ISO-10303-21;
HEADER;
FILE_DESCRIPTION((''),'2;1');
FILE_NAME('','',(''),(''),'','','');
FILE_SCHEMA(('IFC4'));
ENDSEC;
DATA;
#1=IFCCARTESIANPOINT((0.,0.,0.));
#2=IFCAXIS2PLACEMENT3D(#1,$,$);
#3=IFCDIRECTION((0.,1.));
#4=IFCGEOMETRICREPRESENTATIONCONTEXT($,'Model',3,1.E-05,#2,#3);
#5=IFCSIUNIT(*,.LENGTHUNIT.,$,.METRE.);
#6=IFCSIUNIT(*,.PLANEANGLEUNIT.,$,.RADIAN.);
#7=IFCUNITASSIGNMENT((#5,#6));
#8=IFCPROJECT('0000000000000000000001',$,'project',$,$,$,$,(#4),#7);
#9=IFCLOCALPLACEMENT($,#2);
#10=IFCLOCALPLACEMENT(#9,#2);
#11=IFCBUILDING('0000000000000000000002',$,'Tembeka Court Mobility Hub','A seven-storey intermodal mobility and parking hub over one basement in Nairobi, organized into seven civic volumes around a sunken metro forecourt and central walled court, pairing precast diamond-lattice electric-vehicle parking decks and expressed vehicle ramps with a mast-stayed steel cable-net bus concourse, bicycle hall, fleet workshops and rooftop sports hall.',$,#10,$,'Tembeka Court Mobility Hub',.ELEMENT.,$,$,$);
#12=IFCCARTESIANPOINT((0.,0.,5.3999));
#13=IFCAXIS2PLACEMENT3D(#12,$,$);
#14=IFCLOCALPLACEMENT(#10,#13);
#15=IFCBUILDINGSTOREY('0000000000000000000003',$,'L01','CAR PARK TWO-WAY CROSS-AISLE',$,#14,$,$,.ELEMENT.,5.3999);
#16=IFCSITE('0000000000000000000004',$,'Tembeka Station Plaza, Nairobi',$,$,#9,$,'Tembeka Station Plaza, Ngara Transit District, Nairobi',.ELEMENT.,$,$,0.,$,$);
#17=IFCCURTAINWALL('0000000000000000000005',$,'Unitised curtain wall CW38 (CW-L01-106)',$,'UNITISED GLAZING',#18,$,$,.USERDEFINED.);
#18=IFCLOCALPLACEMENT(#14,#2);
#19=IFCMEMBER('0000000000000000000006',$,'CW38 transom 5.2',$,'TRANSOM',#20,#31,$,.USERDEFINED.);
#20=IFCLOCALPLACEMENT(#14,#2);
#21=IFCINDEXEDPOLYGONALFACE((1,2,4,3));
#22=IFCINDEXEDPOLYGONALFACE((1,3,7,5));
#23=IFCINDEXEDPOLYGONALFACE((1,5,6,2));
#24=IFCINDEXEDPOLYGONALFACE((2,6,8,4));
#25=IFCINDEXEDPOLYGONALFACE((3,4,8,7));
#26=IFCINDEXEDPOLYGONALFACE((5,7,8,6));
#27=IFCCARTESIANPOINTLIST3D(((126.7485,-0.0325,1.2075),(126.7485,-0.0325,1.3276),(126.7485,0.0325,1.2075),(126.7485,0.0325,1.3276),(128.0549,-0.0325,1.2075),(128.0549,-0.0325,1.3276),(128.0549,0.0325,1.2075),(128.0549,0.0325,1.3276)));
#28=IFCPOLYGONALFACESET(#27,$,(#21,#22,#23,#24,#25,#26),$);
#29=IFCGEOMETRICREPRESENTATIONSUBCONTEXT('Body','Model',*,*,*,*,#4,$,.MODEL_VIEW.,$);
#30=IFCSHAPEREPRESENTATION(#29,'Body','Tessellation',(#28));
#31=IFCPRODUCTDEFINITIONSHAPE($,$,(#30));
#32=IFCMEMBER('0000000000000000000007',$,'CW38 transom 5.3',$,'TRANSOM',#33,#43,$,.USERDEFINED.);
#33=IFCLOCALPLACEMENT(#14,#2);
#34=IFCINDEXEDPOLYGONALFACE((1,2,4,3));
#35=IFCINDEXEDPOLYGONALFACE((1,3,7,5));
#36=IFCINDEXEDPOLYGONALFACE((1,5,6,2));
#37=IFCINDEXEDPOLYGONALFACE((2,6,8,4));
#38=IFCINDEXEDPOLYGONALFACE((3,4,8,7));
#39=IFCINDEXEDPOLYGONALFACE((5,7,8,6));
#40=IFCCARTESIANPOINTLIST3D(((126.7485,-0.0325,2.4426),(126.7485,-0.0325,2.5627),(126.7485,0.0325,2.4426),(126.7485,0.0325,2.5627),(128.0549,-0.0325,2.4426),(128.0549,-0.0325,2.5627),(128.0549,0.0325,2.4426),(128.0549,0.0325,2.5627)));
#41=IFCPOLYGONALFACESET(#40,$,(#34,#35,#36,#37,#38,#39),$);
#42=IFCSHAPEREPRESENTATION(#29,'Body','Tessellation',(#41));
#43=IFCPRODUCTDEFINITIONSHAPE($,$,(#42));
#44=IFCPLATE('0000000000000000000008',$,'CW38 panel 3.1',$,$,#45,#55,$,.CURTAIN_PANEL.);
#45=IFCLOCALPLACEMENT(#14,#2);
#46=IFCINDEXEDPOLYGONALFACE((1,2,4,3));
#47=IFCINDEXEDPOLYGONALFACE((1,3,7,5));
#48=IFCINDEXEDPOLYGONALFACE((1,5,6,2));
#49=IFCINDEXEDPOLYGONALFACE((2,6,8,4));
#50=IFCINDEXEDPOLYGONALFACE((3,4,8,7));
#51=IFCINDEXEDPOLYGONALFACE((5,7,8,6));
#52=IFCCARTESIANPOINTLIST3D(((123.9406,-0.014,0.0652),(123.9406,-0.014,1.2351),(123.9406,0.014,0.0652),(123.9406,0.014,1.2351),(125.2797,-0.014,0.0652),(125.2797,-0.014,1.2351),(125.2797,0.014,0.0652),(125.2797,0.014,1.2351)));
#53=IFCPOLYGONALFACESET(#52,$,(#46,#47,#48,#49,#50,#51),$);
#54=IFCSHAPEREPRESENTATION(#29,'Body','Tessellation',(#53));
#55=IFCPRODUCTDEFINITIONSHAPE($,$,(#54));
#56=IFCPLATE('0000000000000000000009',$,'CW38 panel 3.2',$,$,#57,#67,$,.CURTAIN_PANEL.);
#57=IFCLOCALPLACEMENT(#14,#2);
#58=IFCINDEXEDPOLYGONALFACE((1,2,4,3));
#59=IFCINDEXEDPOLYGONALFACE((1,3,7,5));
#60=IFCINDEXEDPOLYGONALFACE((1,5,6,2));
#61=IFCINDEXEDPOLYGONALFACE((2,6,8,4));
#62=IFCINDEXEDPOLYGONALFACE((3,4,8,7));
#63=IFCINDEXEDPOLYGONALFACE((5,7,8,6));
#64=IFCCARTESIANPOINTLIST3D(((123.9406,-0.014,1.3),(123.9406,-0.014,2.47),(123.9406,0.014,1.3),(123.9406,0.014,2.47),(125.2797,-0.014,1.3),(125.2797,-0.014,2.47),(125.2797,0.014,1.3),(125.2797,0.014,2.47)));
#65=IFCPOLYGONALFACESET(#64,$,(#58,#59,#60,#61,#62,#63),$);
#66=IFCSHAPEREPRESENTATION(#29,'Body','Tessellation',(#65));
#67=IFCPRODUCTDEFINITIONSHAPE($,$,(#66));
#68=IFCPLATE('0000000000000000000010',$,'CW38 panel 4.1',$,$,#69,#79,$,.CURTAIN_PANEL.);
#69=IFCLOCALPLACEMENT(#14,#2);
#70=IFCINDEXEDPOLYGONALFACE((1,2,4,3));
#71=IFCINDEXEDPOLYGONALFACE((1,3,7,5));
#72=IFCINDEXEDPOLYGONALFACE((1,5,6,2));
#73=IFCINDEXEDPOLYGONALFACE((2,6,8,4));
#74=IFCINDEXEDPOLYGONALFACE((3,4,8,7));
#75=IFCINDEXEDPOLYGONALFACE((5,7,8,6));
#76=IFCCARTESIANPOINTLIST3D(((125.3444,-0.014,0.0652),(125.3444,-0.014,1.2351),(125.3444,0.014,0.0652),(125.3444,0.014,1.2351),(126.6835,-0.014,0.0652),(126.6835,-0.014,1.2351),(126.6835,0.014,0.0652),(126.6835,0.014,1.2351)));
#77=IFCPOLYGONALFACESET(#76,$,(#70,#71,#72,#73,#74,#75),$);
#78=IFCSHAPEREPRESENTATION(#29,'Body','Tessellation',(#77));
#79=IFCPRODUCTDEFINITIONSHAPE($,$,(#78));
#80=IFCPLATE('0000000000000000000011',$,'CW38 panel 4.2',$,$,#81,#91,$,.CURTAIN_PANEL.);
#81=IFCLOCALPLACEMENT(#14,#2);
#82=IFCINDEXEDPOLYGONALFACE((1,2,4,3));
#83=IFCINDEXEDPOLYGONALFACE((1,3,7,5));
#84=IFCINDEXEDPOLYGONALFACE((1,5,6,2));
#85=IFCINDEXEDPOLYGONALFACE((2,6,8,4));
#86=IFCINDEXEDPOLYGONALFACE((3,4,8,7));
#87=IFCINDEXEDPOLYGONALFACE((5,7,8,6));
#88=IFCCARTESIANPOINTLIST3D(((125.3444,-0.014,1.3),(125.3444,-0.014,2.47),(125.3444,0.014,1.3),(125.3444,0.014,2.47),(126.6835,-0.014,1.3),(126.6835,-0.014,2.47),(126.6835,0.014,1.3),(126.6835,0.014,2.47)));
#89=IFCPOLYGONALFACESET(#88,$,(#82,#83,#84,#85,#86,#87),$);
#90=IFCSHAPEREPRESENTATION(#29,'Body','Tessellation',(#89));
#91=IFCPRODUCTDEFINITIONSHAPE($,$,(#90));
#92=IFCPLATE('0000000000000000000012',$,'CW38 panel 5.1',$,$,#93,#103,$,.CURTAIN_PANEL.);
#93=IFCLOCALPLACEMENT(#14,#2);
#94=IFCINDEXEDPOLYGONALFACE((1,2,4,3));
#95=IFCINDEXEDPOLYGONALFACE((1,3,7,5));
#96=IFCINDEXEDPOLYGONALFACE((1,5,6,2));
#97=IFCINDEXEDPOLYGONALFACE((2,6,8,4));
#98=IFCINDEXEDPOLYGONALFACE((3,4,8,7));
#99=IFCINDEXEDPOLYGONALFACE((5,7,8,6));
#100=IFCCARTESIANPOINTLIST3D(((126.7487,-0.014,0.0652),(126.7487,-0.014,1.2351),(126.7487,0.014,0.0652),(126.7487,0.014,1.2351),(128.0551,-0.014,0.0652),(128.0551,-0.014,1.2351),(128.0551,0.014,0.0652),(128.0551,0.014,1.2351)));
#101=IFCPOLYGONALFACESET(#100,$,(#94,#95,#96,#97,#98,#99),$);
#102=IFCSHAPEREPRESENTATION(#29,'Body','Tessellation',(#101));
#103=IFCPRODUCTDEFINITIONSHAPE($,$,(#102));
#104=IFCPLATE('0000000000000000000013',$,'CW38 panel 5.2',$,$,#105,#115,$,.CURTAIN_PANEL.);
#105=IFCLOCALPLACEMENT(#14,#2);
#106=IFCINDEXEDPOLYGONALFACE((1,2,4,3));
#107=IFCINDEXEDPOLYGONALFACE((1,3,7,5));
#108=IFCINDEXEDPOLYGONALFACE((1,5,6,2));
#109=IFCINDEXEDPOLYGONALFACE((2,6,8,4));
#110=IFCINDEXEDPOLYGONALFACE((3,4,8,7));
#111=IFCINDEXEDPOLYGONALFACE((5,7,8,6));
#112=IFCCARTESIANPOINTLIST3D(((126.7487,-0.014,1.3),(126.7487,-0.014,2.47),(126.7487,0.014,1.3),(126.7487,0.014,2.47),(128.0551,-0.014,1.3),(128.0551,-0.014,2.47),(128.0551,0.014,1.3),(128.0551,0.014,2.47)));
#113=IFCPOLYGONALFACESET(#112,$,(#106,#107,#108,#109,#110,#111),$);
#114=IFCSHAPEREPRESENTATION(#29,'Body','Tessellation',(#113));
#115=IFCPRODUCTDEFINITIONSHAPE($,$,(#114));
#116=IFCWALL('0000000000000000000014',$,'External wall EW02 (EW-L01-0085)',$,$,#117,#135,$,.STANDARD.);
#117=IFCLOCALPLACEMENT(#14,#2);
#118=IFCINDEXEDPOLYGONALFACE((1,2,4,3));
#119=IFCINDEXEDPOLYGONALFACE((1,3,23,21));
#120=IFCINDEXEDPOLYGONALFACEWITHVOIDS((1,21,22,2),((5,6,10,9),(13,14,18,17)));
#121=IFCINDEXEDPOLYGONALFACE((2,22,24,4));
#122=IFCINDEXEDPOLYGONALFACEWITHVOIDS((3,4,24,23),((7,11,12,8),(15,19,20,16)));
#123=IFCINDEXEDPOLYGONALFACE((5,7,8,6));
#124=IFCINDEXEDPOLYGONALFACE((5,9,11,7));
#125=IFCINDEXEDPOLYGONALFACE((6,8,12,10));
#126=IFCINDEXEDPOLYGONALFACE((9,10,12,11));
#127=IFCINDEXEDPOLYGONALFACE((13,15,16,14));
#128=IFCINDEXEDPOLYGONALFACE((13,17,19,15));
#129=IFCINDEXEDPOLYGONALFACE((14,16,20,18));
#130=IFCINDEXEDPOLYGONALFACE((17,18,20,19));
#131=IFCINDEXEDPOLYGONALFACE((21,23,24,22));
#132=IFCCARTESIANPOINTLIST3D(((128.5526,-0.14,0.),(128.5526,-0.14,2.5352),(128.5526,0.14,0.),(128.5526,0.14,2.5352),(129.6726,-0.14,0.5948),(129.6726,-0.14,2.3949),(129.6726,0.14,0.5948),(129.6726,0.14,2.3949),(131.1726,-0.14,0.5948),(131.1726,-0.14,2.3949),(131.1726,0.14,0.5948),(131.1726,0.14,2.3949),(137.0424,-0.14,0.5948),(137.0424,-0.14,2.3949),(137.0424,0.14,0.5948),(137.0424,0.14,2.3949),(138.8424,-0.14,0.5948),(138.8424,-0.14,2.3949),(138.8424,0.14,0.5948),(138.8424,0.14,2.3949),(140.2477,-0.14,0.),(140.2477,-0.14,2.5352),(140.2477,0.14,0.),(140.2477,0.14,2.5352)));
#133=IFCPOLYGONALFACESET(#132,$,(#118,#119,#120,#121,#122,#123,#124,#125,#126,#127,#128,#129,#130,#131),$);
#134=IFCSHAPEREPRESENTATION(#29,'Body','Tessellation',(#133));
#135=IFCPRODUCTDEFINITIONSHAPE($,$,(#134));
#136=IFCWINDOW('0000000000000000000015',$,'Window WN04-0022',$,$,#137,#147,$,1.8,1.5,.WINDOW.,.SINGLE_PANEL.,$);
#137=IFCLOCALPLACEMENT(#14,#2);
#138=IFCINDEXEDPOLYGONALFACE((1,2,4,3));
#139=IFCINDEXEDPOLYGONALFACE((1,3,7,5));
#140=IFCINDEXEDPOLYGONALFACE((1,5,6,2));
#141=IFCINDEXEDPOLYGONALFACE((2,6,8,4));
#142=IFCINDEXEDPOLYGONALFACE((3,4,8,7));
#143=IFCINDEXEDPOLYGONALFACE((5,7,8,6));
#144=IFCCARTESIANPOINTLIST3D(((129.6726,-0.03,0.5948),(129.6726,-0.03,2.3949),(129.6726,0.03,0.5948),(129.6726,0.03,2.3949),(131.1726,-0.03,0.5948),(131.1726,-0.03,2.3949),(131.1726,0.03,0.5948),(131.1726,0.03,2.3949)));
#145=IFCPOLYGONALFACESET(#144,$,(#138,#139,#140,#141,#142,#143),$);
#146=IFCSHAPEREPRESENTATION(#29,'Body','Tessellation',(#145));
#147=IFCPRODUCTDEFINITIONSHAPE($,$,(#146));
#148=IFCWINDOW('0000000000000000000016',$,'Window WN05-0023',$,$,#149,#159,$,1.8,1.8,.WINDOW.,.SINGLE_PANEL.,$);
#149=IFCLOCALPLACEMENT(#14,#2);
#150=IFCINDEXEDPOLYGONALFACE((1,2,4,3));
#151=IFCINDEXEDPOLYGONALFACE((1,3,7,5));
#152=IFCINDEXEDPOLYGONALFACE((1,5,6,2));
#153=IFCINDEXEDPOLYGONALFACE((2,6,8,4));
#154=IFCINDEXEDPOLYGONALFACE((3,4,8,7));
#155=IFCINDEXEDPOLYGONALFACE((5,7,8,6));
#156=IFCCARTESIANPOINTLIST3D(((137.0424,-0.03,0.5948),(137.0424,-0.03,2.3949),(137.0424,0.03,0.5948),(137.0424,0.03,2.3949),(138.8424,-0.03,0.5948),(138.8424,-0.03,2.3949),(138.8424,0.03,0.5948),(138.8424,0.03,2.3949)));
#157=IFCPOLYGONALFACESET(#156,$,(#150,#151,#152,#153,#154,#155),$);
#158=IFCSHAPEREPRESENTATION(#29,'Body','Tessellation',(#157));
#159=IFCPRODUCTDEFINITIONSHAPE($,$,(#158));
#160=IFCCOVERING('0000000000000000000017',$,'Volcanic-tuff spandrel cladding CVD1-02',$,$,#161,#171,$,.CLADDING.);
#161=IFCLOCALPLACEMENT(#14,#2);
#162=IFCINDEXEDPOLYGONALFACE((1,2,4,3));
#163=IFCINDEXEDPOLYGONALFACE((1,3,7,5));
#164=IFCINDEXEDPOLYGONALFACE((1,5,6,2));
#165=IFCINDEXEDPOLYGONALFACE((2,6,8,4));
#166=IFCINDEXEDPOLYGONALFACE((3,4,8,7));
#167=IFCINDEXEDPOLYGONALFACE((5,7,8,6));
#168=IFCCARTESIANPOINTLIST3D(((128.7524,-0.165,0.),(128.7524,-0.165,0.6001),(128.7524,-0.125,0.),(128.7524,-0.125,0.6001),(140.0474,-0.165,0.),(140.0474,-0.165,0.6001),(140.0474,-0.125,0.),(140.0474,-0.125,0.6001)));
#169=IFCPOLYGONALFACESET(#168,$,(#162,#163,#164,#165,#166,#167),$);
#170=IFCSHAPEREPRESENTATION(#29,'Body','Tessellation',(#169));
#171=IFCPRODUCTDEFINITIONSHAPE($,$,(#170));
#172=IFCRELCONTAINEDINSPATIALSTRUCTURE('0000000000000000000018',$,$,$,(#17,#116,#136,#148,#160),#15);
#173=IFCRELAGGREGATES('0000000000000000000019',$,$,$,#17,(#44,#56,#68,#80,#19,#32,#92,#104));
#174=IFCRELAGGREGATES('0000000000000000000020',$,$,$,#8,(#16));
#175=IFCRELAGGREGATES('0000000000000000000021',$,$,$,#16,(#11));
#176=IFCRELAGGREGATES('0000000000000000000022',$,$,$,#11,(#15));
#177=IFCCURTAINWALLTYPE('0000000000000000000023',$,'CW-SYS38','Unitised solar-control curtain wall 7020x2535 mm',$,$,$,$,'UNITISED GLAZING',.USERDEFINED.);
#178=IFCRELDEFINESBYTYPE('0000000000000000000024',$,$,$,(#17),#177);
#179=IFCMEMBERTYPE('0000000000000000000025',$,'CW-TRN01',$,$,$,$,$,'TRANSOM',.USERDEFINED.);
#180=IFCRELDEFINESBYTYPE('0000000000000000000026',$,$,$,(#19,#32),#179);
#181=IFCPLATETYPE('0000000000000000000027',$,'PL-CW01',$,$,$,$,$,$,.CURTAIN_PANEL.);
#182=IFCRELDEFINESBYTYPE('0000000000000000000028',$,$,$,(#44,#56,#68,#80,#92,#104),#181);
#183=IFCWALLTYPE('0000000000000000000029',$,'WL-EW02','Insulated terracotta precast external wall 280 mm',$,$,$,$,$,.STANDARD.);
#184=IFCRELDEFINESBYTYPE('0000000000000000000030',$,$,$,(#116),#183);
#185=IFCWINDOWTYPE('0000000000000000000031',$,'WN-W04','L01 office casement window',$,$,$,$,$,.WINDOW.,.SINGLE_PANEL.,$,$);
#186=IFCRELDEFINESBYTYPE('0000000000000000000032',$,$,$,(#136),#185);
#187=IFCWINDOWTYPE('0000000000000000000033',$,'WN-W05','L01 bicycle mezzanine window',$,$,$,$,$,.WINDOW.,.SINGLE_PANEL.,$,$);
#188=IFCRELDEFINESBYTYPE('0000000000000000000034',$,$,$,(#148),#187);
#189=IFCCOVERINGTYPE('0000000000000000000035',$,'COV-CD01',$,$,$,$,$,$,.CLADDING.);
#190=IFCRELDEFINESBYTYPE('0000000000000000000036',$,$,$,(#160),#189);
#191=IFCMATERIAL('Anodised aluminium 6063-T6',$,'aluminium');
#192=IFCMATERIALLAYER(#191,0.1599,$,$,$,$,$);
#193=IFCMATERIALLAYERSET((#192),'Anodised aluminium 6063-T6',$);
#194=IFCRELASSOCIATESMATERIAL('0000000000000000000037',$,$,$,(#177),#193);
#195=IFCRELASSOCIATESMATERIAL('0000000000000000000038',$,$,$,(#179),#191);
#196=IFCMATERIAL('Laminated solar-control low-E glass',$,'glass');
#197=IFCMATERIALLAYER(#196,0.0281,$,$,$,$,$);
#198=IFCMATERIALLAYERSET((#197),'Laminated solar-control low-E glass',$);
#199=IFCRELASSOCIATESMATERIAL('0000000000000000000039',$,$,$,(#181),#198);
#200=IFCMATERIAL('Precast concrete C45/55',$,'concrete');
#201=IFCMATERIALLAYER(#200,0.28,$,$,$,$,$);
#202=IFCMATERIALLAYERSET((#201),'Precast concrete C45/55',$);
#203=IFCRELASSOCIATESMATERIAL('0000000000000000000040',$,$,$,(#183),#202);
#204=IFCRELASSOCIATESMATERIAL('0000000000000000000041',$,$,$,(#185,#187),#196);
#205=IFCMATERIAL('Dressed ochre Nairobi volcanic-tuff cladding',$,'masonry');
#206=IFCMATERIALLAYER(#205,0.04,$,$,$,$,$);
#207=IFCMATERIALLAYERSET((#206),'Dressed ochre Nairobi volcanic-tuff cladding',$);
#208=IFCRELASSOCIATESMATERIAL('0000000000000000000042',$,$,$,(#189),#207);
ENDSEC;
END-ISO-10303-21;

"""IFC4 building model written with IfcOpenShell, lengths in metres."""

from ifc_helpers import new_model, si_unit, direction, frame, frame_2d, origin, origin_2d, place, context, subcontext, project, spatial, rectangle, extrude, material, layer, layer_set, material_profile, profile_set, type_object, element, fill, aggregate, save


model = new_model("IFC4")

# Units and contexts
model_context = context("Model", 3, precision=1e-05, world=origin(), true_north=direction((0.0, 1.0)))
body_context = subcontext(model_context, "Body", "Model", "MODEL_VIEW")
ifc_project = project(units=[si_unit("LENGTHUNIT", "METRE"), si_unit("PLANEANGLEUNIT", "RADIAN")], contexts=[model_context])

# Site, building, storey
site_placement = place(None, origin())
site = spatial("IfcSite", under=ifc_project, at=site_placement, Name="Tembeka Station Plaza, Nairobi", LongName="Tembeka Station Plaza, Ngara Transit District, Nairobi", CompositionType="ELEMENT", RefElevation=0.0)
building_placement = place(site_placement, origin())
building = spatial("IfcBuilding", under=site, at=building_placement, Name="Tembeka Court Mobility Hub", Description="A seven-storey intermodal mobility and parking hub over one basement in Nairobi, organized into seven civic volumes around a sunken metro forecourt and central walled court, pairing precast diamond-lattice electric-vehicle parking decks and expressed vehicle ramps with a mast-stayed steel cable-net bus concourse, bicycle hall, fleet workshops and rooftop sports hall.", LongName="Tembeka Court Mobility Hub", CompositionType="ELEMENT")
storey_placement = place(building_placement, frame((0.0, 0.0, 5.3999)))
storey = spatial("IfcBuildingStorey", under=building, at=storey_placement, Name="L01", Description="CAR PARK TWO-WAY CROSS-AISLE", CompositionType="ELEMENT", Elevation=5.3999)

# Curtain wall, members, plates
ifc_material_1 = material(Name="Anodised aluminium 6063-T6", Category="aluminium")
ifc_layer_1 = layer(ifc_material_1, 0.1599)
ifc_layer_set_1 = layer_set([ifc_layer_1], Name="Anodised aluminium 6063-T6")
curtain_wall_type = type_object("IfcCurtainWallType", Name="CW-SYS38", Description="Unitised solar-control curtain wall 7020x2535 mm", ElementType="UNITISED GLAZING", PredefinedType="USERDEFINED", material=ifc_layer_set_1)
curtain_wall_placement = place(storey_placement, origin())
curtain_wall = element("IfcCurtainWall", 1, at=curtain_wall_placement, inside=storey, type_object=curtain_wall_type, Name="Unitised curtain wall CW38 (CW-L01-106)", ObjectType="UNITISED GLAZING", PredefinedType="USERDEFINED")
ifc_material_profile_1 = material_profile(ifc_material_1, rectangle(XDim=0.0649, YDim=0.1201, at=origin_2d()), Name="ALU-TRN 65x120")
ifc_profile_set_1 = profile_set([ifc_material_profile_1], Name="Anodised aluminium 6063-T6")
member_type_1 = type_object("IfcMemberType", Name="CW-TRN01", ElementType="TRANSOM", PredefinedType="USERDEFINED", material=ifc_profile_set_1)
member_1_placement = place(storey_placement, frame((126.7485, 0.0, 1.2676), z_axis=(1.0, 0.0, 0.0), x_axis=(0.0, 1.0, 0.0)))
member_1 = element("IfcMember", 2, at=member_1_placement, type_object=member_type_1, Name="CW38 transom 5.2", ObjectType="TRANSOM", PredefinedType="USERDEFINED", context=body_context, shape_type="SweptSolid", body=[
    extrude(rectangle(XDim=0.0649, YDim=0.1201, at=origin_2d()), origin(), (0.0, 0.0, 1.0), 1.3064),
])
member_2_placement = place(storey_placement, frame((126.7485, 0.0, 2.5027), z_axis=(1.0, 0.0, 0.0), x_axis=(0.0, 1.0, 0.0)))
member_2 = element("IfcMember", 3, at=member_2_placement, type_object=member_type_1, Name="CW38 transom 5.3", ObjectType="TRANSOM", PredefinedType="USERDEFINED", context=body_context, shape_type="SweptSolid", body=[
    extrude(rectangle(XDim=0.0649, YDim=0.1201, at=origin_2d()), origin(), (0.0, 0.0, 1.0), 1.3064),
])
ifc_material_2 = material(Name="Laminated solar-control low-E glass", Category="glass")
ifc_layer_2 = layer(ifc_material_2, 0.0281)
ifc_layer_set_2 = layer_set([ifc_layer_2], Name="Laminated solar-control low-E glass")
plate_type = type_object("IfcPlateType", Name="PL-CW01", PredefinedType="CURTAIN_PANEL", material=ifc_layer_set_2)
plate_1_placement = place(storey_placement, frame((124.6101, 0.0, 0.0652), z_axis=(0.0, 0.0, 1.0), x_axis=(1.0, 0.0, 0.0)))
plate_1 = element("IfcPlate", 4, at=plate_1_placement, type_object=plate_type, Name="CW38 panel 3.1", PredefinedType="CURTAIN_PANEL", context=body_context, shape_type="SweptSolid", body=[
    extrude(rectangle(XDim=1.3391, YDim=0.0281, at=origin_2d()), origin(), (0.0, 0.0, 1.0), 1.1699),
])
plate_2_placement = place(storey_placement, frame((124.6101, 0.0, 1.3), z_axis=(0.0, 0.0, 1.0), x_axis=(1.0, 0.0, 0.0)))
plate_2 = element("IfcPlate", 5, at=plate_2_placement, type_object=plate_type, Name="CW38 panel 3.2", PredefinedType="CURTAIN_PANEL", context=body_context, shape_type="SweptSolid", body=[
    extrude(rectangle(XDim=1.3391, YDim=0.0281, at=origin_2d()), origin(), (0.0, 0.0, 1.0), 1.1699),
])
plate_3_placement = place(storey_placement, frame((126.0139, 0.0, 0.0652), z_axis=(0.0, 0.0, 1.0), x_axis=(1.0, 0.0, 0.0)))
plate_3 = element("IfcPlate", 6, at=plate_3_placement, type_object=plate_type, Name="CW38 panel 4.1", PredefinedType="CURTAIN_PANEL", context=body_context, shape_type="SweptSolid", body=[
    extrude(rectangle(XDim=1.3391, YDim=0.0281, at=origin_2d()), origin(), (0.0, 0.0, 1.0), 1.1699),
])
plate_4_placement = place(storey_placement, frame((126.0139, 0.0, 1.3), z_axis=(0.0, 0.0, 1.0), x_axis=(1.0, 0.0, 0.0)))
plate_4 = element("IfcPlate", 7, at=plate_4_placement, type_object=plate_type, Name="CW38 panel 4.2", PredefinedType="CURTAIN_PANEL", context=body_context, shape_type="SweptSolid", body=[
    extrude(rectangle(XDim=1.3391, YDim=0.0281, at=origin_2d()), origin(), (0.0, 0.0, 1.0), 1.1699),
])
plate_5_placement = place(storey_placement, frame((127.4019, 0.0, 0.0652), z_axis=(0.0, 0.0, 1.0), x_axis=(1.0, 0.0, 0.0)))
plate_5 = element("IfcPlate", 8, at=plate_5_placement, type_object=plate_type, Name="CW38 panel 5.1", PredefinedType="CURTAIN_PANEL", context=body_context, shape_type="SweptSolid", body=[
    extrude(rectangle(XDim=1.3064, YDim=0.0281, at=origin_2d()), origin(), (0.0, 0.0, 1.0), 1.1699),
])
plate_6_placement = place(storey_placement, frame((127.4019, 0.0, 1.3), z_axis=(0.0, 0.0, 1.0), x_axis=(1.0, 0.0, 0.0)))
plate_6 = element("IfcPlate", 9, at=plate_6_placement, type_object=plate_type, Name="CW38 panel 5.2", PredefinedType="CURTAIN_PANEL", context=body_context, shape_type="SweptSolid", body=[
    extrude(rectangle(XDim=1.3064, YDim=0.0281, at=origin_2d()), origin(), (0.0, 0.0, 1.0), 1.1699),
])
aggregate(curtain_wall, [plate_1, plate_2, plate_3, plate_4, member_1, member_2, plate_5, plate_6])

# Wall, openings, windows
ifc_material_3 = material(Name="Precast concrete C45/55", Category="concrete")
ifc_layer_3 = layer(ifc_material_3, 0.28)
ifc_layer_set_3 = layer_set([ifc_layer_3], Name="Precast concrete C45/55")
wall_type = type_object("IfcWallType", Name="WL-EW02", Description="Insulated terracotta precast external wall 280 mm", PredefinedType="STANDARD", material=ifc_layer_set_3)
wall_placement = place(storey_placement, frame((128.5525, 0.0, 0.0), z_axis=(0.0, 0.0, 1.0), x_axis=(1.0, 0.0, 0.0)))
wall = element("IfcWall", 10, at=wall_placement, inside=storey, type_object=wall_type, Name="External wall EW02 (EW-L01-0085)", PredefinedType="STANDARD", context=body_context, shape_type="SweptSolid", body=[
    extrude(rectangle(XDim=11.6951, YDim=0.28, at=frame_2d((5.8477, 0.0))), origin(), (0.0, 0.0, 1.0), 2.5352),
])
opening_1_placement = place(wall_placement, frame((1.1201, 0.0, 0.595)))
opening_1 = element("IfcOpeningElement", 11, at=opening_1_placement, cuts=wall, PredefinedType="OPENING", context=body_context, shape_type="SweptSolid", body=[
    extrude(rectangle(XDim=1.5, YDim=1.8, at=frame_2d((0.75, 0.8999))), frame((0.0, 0.1499, 0.0), z_axis=(0.0, -1.0, 0.0), x_axis=(1.0, 0.0, 0.0)), (0.0, 0.0, 1.0), 0.3),
])
opening_2_placement = place(wall_placement, frame((8.49, 0.0, 0.595)))
opening_2 = element("IfcOpeningElement", 12, at=opening_2_placement, cuts=wall, PredefinedType="OPENING", context=body_context, shape_type="SweptSolid", body=[
    extrude(rectangle(XDim=1.8, YDim=1.8, at=frame_2d((0.8999, 0.8999))), frame((0.0, 0.1499, 0.0), z_axis=(0.0, -1.0, 0.0), x_axis=(1.0, 0.0, 0.0)), (0.0, 0.0, 1.0), 0.3),
])
window_type_1 = type_object("IfcWindowType", Name="WN-W04", Description="L01 office casement window", PartitioningType="SINGLE_PANEL", PredefinedType="WINDOW", material=ifc_material_2)
window_1_placement = place(opening_1_placement, origin())
window_1 = element("IfcWindow", 13, at=window_1_placement, inside=storey, type_object=window_type_1, Name="Window WN04-0022", OverallHeight=1.8, OverallWidth=1.5, PartitioningType="SINGLE_PANEL", PredefinedType="WINDOW", context=body_context, shape_type="SweptSolid", body=[
    extrude(rectangle(XDim=1.5, YDim=1.8, at=frame_2d((0.75, 0.8999))), frame((0.0, 0.03, 0.0), z_axis=(0.0, -1.0, 0.0), x_axis=(1.0, 0.0, 0.0)), (0.0, 0.0, 1.0), 0.0601),
])
fill(opening_1, window_1)
window_type_2 = type_object("IfcWindowType", Name="WN-W05", Description="L01 bicycle mezzanine window", PartitioningType="SINGLE_PANEL", PredefinedType="WINDOW", material=ifc_material_2)
window_2_placement = place(opening_2_placement, origin())
window_2 = element("IfcWindow", 14, at=window_2_placement, inside=storey, type_object=window_type_2, Name="Window WN05-0023", OverallHeight=1.8, OverallWidth=1.8, PartitioningType="SINGLE_PANEL", PredefinedType="WINDOW", context=body_context, shape_type="SweptSolid", body=[
    extrude(rectangle(XDim=1.8, YDim=1.8, at=frame_2d((0.8999, 0.8999))), frame((0.0, 0.03, 0.0), z_axis=(0.0, -1.0, 0.0), x_axis=(1.0, 0.0, 0.0)), (0.0, 0.0, 1.0), 0.0601),
])
fill(opening_2, window_2)

# Covering
ifc_material_4 = material(Name="Dressed ochre Nairobi volcanic-tuff cladding", Category="masonry")
ifc_layer_4 = layer(ifc_material_4, 0.04)
ifc_layer_set_4 = layer_set([ifc_layer_4], Name="Dressed ochre Nairobi volcanic-tuff cladding")
covering_type = type_object("IfcCoveringType", Name="COV-CD01", PredefinedType="CLADDING", material=ifc_layer_set_4)
covering_placement = place(storey_placement, frame((134.3999, -0.145, 0.0), z_axis=(0.0, 0.0, 1.0), x_axis=(1.0, 0.0, 0.0)))
element("IfcCovering", 15, at=covering_placement, inside=storey, type_object=covering_type, Name="Volcanic-tuff spandrel cladding CVD1-02", PredefinedType="CLADDING", context=body_context, shape_type="SweptSolid", body=[
    extrude(rectangle(XDim=11.2949, YDim=0.04, at=origin_2d()), origin(), (0.0, 0.0, 1.0), 0.6001),
])

save(model, "model.ifc")
